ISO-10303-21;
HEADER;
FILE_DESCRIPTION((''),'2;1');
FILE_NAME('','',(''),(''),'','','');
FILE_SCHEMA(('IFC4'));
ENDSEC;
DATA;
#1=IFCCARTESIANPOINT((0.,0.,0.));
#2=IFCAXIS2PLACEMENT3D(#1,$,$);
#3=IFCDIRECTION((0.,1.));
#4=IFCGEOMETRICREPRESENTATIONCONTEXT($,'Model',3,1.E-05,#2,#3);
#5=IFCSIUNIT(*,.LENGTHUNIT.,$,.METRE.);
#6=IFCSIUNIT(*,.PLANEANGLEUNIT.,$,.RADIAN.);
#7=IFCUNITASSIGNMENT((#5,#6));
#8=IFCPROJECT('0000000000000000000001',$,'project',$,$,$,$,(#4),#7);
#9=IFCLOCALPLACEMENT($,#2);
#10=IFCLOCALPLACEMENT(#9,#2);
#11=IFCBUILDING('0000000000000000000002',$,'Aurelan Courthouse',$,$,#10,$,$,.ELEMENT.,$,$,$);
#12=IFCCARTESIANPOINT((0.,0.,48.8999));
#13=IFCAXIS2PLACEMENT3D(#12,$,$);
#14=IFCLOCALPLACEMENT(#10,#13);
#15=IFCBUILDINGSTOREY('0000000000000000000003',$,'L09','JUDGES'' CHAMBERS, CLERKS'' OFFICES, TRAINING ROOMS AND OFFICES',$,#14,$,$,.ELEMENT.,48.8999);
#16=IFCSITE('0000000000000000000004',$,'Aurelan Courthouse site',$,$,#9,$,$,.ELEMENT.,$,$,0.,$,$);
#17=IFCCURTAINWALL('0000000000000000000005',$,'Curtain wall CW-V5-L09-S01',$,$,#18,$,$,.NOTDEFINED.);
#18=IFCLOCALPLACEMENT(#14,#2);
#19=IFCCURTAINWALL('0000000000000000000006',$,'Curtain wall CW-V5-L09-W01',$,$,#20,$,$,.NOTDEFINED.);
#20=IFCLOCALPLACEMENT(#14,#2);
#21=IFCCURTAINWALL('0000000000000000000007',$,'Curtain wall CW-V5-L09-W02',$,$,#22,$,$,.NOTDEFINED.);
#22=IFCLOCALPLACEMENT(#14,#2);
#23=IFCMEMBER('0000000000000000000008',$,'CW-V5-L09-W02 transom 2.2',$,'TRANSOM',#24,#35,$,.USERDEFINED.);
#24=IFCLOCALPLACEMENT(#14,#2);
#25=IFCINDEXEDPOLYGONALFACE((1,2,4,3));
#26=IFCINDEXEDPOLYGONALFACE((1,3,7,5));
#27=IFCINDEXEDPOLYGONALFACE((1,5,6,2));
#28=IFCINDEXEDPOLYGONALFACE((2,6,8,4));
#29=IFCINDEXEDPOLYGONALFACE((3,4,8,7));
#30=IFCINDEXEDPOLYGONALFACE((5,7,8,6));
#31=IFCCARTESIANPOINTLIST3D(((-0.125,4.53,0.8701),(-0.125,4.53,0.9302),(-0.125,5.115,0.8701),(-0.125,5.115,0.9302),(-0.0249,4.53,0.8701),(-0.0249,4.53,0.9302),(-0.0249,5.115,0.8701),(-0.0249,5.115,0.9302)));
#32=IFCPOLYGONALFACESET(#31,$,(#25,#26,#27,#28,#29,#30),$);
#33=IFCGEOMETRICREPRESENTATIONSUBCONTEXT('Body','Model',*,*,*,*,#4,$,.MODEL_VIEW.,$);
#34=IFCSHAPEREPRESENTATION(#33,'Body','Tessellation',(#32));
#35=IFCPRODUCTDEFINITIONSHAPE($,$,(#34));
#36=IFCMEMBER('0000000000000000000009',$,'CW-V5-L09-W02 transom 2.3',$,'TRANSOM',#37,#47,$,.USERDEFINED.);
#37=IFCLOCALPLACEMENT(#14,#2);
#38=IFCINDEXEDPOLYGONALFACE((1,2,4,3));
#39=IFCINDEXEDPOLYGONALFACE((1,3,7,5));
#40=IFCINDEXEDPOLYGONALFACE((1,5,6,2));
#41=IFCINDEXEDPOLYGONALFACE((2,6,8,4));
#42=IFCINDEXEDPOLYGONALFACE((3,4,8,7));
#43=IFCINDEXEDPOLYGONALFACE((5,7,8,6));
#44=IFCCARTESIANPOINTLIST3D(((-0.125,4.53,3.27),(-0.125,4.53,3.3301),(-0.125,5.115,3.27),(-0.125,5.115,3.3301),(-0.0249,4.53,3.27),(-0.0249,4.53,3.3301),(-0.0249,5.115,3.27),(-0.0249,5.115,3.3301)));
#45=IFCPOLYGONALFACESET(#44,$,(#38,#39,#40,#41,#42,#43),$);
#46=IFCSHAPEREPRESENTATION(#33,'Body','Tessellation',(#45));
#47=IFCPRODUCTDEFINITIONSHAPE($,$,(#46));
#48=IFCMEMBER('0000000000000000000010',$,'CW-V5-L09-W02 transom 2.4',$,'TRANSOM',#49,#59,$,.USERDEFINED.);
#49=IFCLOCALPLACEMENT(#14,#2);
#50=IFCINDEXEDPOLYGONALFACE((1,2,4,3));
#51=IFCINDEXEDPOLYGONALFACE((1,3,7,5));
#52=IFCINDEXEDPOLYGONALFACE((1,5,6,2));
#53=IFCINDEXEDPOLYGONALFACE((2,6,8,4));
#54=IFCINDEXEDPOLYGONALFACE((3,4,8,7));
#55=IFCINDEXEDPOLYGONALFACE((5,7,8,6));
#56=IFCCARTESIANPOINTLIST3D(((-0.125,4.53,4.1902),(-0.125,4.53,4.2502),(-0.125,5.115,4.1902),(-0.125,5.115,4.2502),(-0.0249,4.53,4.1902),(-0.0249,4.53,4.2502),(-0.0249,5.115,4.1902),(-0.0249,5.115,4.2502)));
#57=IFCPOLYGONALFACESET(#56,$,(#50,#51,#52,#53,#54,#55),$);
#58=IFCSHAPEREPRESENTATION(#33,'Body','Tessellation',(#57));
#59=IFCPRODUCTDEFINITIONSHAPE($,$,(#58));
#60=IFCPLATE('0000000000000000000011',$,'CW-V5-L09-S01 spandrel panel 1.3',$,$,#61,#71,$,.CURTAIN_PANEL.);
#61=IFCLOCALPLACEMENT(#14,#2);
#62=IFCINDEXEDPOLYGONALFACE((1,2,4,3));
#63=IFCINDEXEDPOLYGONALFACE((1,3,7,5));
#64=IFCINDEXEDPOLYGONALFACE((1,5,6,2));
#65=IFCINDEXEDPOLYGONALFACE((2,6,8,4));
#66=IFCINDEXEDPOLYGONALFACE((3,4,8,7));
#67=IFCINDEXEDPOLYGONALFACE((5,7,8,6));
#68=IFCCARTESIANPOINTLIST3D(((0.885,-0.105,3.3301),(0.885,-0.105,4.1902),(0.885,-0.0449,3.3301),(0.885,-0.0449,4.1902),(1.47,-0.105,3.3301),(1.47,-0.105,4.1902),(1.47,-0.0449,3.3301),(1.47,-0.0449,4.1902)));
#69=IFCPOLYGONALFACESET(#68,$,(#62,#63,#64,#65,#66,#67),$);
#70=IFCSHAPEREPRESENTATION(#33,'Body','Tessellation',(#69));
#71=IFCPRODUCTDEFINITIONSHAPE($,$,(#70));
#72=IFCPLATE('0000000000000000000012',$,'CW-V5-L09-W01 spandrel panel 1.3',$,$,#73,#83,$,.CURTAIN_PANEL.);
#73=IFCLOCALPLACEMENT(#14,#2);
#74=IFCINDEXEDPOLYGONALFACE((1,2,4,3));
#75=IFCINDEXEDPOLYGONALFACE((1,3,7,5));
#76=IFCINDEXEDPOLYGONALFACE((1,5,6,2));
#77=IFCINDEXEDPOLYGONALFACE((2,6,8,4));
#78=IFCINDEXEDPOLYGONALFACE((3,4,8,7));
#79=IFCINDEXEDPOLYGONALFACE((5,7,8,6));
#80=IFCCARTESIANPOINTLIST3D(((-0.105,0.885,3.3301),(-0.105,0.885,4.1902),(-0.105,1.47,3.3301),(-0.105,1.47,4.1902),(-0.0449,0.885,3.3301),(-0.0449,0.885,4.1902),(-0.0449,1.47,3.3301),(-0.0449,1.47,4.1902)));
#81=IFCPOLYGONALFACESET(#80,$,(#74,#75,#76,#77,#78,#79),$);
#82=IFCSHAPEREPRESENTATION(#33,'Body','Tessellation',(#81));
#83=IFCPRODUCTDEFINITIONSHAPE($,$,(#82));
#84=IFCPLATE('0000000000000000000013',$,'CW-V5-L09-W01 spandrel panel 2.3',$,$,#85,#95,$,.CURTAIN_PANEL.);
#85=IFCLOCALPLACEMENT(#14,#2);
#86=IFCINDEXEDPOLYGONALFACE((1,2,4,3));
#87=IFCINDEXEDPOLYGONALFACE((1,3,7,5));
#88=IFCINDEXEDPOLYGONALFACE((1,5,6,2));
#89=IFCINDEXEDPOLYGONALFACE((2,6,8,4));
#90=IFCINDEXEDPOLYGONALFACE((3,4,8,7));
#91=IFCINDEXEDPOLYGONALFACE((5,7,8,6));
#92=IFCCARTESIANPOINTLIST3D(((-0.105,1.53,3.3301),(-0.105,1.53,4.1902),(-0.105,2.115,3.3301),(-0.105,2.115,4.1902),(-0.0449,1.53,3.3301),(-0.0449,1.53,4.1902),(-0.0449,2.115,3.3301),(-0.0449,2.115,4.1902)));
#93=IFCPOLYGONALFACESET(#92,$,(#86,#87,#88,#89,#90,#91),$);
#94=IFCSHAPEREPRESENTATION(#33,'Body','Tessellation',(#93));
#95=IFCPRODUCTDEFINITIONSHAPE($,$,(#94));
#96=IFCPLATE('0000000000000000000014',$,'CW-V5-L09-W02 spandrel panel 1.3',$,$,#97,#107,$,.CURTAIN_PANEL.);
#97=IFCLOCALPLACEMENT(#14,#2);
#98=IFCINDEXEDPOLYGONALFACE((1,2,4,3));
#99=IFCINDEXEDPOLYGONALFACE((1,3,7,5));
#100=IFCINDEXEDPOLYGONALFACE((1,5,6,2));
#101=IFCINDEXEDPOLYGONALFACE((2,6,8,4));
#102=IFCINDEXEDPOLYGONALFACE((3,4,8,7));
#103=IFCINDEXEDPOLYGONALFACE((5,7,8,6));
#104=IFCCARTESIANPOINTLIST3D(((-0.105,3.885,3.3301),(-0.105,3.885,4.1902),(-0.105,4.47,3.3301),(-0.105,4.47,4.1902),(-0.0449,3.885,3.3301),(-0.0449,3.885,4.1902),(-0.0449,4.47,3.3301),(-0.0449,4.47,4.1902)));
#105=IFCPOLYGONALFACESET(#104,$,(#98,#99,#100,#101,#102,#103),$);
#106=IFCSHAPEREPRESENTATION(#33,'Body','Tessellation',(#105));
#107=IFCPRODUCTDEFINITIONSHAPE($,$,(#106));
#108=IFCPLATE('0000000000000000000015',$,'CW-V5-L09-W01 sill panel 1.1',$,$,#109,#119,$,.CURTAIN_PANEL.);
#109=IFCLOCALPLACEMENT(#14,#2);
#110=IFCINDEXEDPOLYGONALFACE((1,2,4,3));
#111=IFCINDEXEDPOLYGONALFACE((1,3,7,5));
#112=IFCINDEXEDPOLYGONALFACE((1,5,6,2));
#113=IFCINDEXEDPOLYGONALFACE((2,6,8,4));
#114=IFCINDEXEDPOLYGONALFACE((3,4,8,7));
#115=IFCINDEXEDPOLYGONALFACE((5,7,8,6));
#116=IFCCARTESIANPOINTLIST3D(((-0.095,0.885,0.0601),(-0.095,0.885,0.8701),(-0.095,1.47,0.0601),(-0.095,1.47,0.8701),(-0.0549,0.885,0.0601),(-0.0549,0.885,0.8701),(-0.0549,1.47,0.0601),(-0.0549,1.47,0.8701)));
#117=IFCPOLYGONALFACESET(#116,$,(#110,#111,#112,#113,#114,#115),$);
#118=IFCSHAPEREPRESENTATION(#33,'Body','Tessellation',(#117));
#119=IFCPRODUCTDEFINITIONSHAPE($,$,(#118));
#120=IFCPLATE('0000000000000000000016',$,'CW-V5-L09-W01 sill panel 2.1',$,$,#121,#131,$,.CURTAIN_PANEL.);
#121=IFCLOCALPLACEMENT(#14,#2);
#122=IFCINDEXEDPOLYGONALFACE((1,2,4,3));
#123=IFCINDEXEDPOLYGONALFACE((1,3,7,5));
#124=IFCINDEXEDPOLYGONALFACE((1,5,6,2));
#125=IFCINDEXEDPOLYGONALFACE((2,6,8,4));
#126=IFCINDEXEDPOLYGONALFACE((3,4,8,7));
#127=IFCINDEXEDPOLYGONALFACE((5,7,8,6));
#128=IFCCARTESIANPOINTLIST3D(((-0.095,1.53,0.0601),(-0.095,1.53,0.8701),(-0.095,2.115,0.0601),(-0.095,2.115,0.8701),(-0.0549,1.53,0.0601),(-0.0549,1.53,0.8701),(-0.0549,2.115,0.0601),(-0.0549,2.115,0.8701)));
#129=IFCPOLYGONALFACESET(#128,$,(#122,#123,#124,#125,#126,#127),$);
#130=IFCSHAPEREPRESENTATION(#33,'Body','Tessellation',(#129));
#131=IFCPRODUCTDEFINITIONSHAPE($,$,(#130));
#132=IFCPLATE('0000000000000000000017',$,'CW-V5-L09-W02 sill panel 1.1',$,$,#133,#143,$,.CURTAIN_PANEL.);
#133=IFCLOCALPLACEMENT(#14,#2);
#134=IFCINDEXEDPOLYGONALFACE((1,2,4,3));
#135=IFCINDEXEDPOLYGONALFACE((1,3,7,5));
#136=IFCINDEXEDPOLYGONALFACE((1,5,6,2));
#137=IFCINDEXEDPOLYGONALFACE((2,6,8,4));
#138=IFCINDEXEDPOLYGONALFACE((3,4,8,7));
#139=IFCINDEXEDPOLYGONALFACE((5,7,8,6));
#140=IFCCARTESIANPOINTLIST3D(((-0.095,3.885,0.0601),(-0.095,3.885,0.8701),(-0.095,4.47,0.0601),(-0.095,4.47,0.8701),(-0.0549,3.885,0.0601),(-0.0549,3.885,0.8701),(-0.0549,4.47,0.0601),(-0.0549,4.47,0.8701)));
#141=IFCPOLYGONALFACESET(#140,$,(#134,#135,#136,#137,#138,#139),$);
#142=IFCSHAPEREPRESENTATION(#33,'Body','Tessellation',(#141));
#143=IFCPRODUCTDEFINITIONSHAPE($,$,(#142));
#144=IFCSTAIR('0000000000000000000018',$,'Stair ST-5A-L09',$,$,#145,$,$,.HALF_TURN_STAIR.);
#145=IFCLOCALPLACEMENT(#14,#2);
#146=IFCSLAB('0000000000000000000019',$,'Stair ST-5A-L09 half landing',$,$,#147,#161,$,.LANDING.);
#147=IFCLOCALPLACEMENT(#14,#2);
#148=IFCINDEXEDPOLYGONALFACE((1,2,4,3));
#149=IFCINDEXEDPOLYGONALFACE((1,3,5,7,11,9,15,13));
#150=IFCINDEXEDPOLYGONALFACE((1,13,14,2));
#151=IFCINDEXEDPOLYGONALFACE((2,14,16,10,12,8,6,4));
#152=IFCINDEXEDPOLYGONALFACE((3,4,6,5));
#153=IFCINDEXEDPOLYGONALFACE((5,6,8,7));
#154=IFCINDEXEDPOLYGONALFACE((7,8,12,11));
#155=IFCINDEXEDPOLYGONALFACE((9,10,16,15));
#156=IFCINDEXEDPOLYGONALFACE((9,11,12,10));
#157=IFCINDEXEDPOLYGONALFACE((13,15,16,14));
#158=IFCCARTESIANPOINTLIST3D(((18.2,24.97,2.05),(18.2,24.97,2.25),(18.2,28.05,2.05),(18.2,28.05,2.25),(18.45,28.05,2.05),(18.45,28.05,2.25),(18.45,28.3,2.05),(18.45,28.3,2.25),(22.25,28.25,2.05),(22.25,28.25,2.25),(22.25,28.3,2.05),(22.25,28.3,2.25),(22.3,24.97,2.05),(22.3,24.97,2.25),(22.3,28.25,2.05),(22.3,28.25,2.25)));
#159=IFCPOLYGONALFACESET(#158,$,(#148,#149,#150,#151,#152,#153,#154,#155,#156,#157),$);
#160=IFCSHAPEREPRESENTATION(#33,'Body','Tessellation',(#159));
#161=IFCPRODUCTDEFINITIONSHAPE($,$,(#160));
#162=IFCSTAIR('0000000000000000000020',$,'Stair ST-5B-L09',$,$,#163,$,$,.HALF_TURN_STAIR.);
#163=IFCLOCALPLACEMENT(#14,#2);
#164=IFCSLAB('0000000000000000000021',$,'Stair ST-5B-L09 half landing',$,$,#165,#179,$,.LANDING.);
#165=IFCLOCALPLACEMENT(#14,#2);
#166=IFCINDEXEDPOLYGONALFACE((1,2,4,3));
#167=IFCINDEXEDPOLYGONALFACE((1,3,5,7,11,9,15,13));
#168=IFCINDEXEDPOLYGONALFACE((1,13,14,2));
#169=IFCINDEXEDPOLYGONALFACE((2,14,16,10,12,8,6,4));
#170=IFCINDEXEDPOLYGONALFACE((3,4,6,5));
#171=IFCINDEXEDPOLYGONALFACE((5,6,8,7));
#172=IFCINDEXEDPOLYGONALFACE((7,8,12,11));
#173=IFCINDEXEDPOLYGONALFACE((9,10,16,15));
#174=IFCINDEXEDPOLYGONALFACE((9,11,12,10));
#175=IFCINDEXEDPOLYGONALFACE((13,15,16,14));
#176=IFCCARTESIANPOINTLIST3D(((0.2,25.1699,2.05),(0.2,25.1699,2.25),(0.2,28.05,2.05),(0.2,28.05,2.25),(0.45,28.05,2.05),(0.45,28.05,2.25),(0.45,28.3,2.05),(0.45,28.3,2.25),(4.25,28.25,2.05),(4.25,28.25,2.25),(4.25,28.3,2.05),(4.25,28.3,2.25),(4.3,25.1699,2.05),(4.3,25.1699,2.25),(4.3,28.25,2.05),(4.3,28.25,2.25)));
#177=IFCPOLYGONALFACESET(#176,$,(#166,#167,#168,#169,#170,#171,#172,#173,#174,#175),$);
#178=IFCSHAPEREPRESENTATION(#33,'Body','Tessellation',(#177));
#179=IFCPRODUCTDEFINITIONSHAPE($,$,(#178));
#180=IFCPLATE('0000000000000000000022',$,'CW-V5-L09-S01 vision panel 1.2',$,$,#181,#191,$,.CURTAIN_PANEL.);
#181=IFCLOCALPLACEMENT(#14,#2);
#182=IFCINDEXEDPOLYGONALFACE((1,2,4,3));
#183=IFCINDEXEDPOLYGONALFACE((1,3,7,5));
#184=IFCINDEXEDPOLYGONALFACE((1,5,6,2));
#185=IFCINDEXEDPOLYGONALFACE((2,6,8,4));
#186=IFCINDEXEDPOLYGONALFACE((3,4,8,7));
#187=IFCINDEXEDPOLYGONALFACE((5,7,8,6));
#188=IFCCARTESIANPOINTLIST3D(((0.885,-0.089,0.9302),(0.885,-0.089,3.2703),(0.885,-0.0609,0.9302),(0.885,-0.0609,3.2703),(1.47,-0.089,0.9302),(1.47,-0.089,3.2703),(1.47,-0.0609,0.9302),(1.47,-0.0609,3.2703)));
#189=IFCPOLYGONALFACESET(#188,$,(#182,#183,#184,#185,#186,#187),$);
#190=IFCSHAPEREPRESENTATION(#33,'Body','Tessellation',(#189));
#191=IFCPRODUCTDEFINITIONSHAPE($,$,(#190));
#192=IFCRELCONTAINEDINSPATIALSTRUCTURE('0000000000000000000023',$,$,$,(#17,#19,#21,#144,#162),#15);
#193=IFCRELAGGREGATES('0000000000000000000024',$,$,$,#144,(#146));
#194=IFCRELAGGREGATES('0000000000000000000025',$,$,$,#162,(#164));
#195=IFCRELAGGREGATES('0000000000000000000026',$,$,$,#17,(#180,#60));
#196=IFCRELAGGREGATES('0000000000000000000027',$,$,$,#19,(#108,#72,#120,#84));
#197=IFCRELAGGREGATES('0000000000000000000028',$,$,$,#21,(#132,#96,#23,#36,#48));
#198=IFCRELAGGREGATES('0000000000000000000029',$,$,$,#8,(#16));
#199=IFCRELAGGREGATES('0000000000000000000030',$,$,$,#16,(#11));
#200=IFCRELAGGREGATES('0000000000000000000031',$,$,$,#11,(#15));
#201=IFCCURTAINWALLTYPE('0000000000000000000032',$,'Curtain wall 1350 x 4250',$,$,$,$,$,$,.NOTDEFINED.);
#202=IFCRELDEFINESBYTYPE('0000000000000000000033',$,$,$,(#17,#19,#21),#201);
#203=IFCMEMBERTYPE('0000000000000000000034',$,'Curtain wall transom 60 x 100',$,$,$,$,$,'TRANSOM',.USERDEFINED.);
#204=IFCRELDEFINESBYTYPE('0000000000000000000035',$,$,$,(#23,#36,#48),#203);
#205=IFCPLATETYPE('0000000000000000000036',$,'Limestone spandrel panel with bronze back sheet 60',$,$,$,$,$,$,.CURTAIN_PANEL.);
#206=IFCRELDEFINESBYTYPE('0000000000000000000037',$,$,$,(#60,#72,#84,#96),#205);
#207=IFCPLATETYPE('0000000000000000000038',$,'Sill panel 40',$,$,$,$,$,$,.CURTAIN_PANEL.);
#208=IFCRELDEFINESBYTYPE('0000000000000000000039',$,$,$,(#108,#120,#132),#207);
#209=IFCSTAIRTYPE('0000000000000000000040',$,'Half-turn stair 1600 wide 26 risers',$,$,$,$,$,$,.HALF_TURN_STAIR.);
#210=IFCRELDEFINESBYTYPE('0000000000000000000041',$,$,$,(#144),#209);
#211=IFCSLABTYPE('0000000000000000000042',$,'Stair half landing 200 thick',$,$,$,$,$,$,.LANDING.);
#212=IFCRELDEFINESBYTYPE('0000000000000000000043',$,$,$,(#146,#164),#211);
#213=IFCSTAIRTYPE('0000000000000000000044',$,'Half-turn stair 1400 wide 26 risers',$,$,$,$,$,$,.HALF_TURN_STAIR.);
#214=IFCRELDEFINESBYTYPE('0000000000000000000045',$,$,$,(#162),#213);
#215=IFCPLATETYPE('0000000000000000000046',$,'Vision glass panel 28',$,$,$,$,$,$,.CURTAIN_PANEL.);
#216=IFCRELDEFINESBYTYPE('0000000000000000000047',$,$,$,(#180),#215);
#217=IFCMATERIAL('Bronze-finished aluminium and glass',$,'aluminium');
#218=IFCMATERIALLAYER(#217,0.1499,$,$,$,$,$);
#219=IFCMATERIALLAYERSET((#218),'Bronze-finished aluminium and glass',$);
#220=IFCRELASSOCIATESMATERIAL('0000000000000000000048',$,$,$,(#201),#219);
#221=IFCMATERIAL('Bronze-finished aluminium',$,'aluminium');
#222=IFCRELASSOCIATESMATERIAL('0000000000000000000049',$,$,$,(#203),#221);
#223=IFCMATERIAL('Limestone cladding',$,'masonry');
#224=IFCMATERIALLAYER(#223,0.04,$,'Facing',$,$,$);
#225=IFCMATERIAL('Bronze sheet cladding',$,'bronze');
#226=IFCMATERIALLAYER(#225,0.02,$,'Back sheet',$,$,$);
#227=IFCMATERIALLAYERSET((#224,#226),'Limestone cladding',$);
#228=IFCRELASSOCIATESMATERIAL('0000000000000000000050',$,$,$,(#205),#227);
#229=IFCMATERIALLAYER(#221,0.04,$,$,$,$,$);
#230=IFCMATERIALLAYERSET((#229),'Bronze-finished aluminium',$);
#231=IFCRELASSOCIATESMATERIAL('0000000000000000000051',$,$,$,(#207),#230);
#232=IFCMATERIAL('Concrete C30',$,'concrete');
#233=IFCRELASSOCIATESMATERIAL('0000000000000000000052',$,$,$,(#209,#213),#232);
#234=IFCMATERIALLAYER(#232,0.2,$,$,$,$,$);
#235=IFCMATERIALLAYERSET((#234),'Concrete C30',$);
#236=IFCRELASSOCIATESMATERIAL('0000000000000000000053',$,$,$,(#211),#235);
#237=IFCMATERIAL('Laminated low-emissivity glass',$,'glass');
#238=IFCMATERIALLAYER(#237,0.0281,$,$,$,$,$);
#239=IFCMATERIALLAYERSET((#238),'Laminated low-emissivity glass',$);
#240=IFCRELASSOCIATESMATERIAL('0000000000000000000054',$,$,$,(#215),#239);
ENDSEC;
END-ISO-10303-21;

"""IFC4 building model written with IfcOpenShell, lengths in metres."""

from ifc_helpers import new_model, si_unit, direction, frame, origin, origin_2d, place, context, subcontext, project, spatial, polyline, rectangle, outline, extrude, material, layer, layer_set, material_profile, profile_set, type_object, element, aggregate, save


model = new_model("IFC4")

# Units and contexts
model_context = context("Model", 3, precision=1e-05, world=origin(), true_north=direction((0.0, 1.0)))
body_context = subcontext(model_context, "Body", "Model", "MODEL_VIEW")
ifc_project = project(units=[si_unit("LENGTHUNIT", "METRE"), si_unit("PLANEANGLEUNIT", "RADIAN")], contexts=[model_context])

# Site, building, storey
site_placement = place(None, origin())
site = spatial("IfcSite", under=ifc_project, at=site_placement, Name="Aurelan Courthouse site", CompositionType="ELEMENT", RefElevation=0.0)
building_placement = place(site_placement, origin())
building = spatial("IfcBuilding", under=site, at=building_placement, Name="Aurelan Courthouse", CompositionType="ELEMENT")
storey_placement = place(building_placement, frame((0.0, 0.0, 48.8999)))
storey = spatial("IfcBuildingStorey", under=building, at=storey_placement, Name="L09", Description="JUDGES' CHAMBERS, CLERKS' OFFICES, TRAINING ROOMS AND OFFICES", CompositionType="ELEMENT", Elevation=48.8999)

# Curtain walls, members
ifc_material_1 = material(Name="Bronze-finished aluminium and glass", Category="aluminium")
ifc_layer_1 = layer(ifc_material_1, 0.1499)
ifc_layer_set_1 = layer_set([ifc_layer_1], Name="Bronze-finished aluminium and glass")
curtain_wall_type = type_object("IfcCurtainWallType", Name="Curtain wall 1350 x 4250", PredefinedType="NOTDEFINED", material=ifc_layer_set_1)
curtain_wall_1_placement = place(storey_placement, origin())
curtain_wall_1 = element("IfcCurtainWall", 1, at=curtain_wall_1_placement, inside=storey, type_object=curtain_wall_type, Name="Curtain wall CW-V5-L09-S01", PredefinedType="NOTDEFINED")
ifc_material_2 = material(Name="Bronze-finished aluminium", Category="aluminium")
ifc_material_profile = material_profile(ifc_material_2, rectangle(XDim=0.1001, YDim=0.0601, at=origin_2d()), Name="Bronze transom 60 x 100")
ifc_profile_set = profile_set([ifc_material_profile], Name="Bronze-finished aluminium")
member_type = type_object("IfcMemberType", Name="Curtain wall transom 60 x 100", ElementType="TRANSOM", PredefinedType="USERDEFINED", material=ifc_profile_set)
curtain_wall_2_placement = place(storey_placement, origin())
curtain_wall_2 = element("IfcCurtainWall", 2, at=curtain_wall_2_placement, inside=storey, type_object=curtain_wall_type, Name="Curtain wall CW-V5-L09-W01", PredefinedType="NOTDEFINED")
curtain_wall_3_placement = place(storey_placement, origin())
curtain_wall_3 = element("IfcCurtainWall", 3, at=curtain_wall_3_placement, inside=storey, type_object=curtain_wall_type, Name="Curtain wall CW-V5-L09-W02", PredefinedType="NOTDEFINED")
member_1_placement = place(storey_placement, frame((-0.075, 4.53, 0.9001), z_axis=(0.0, 1.0, 0.0), x_axis=(-1.0, 0.0, 0.0)))
member_1 = element("IfcMember", 4, at=member_1_placement, type_object=member_type, Name="CW-V5-L09-W02 transom 2.2", ObjectType="TRANSOM", PredefinedType="USERDEFINED", context=body_context, shape_type="SweptSolid", body=[
    extrude(rectangle(XDim=0.1001, YDim=0.0601, at=origin_2d()), origin(), (0.0, 0.0, 1.0), 0.585),
])
member_2_placement = place(storey_placement, frame((-0.075, 4.53, 3.3), z_axis=(0.0, 1.0, 0.0), x_axis=(-1.0, 0.0, 0.0)))
member_2 = element("IfcMember", 5, at=member_2_placement, type_object=member_type, Name="CW-V5-L09-W02 transom 2.3", ObjectType="TRANSOM", PredefinedType="USERDEFINED", context=body_context, shape_type="SweptSolid", body=[
    extrude(rectangle(XDim=0.1001, YDim=0.0601, at=origin_2d()), origin(), (0.0, 0.0, 1.0), 0.585),
])
member_3_placement = place(storey_placement, frame((-0.075, 4.53, 4.2202), z_axis=(0.0, 1.0, 0.0), x_axis=(-1.0, 0.0, 0.0)))
member_3 = element("IfcMember", 6, at=member_3_placement, type_object=member_type, Name="CW-V5-L09-W02 transom 2.4", ObjectType="TRANSOM", PredefinedType="USERDEFINED", context=body_context, shape_type="SweptSolid", body=[
    extrude(rectangle(XDim=0.1001, YDim=0.0601, at=origin_2d()), origin(), (0.0, 0.0, 1.0), 0.585),
])

# Plates
ifc_material_3 = material(Name="Limestone cladding", Category="masonry")
ifc_layer_2 = layer(ifc_material_3, 0.04, Name="Facing")
ifc_material_4 = material(Name="Bronze sheet cladding", Category="bronze")
ifc_layer_3 = layer(ifc_material_4, 0.02, Name="Back sheet")
ifc_layer_set_2 = layer_set([ifc_layer_2, ifc_layer_3], Name="Limestone cladding")
plate_type_1 = type_object("IfcPlateType", Name="Limestone spandrel panel with bronze back sheet 60", PredefinedType="CURTAIN_PANEL", material=ifc_layer_set_2)
plate_1_placement = place(storey_placement, frame((1.1775, -0.075, 3.3301), z_axis=(0.0, 0.0, 1.0), x_axis=(1.0, 0.0, 0.0)))
plate_1 = element("IfcPlate", 7, at=plate_1_placement, type_object=plate_type_1, Name="CW-V5-L09-S01 spandrel panel 1.3", PredefinedType="CURTAIN_PANEL", context=body_context, shape_type="SweptSolid", body=[
    extrude(rectangle(XDim=0.585, YDim=0.0601, at=origin_2d()), origin(), (0.0, 0.0, 1.0), 0.8601),
])
plate_2_placement = place(storey_placement, frame((-0.075, 1.1775, 3.3301), z_axis=(0.0, 0.0, 1.0), x_axis=(0.0, 1.0, 0.0)))
plate_2 = element("IfcPlate", 8, at=plate_2_placement, type_object=plate_type_1, Name="CW-V5-L09-W01 spandrel panel 1.3", PredefinedType="CURTAIN_PANEL", context=body_context, shape_type="SweptSolid", body=[
    extrude(rectangle(XDim=0.585, YDim=0.0601, at=origin_2d()), origin(), (0.0, 0.0, 1.0), 0.8601),
])
plate_3_placement = place(storey_placement, frame((-0.075, 1.8225, 3.3301), z_axis=(0.0, 0.0, 1.0), x_axis=(0.0, 1.0, 0.0)))
plate_3 = element("IfcPlate", 9, at=plate_3_placement, type_object=plate_type_1, Name="CW-V5-L09-W01 spandrel panel 2.3", PredefinedType="CURTAIN_PANEL", context=body_context, shape_type="SweptSolid", body=[
    extrude(rectangle(XDim=0.585, YDim=0.0601, at=origin_2d()), origin(), (0.0, 0.0, 1.0), 0.8601),
])
plate_4_placement = place(storey_placement, frame((-0.075, 4.1775, 3.3301), z_axis=(0.0, 0.0, 1.0), x_axis=(0.0, 1.0, 0.0)))
plate_4 = element("IfcPlate", 10, at=plate_4_placement, type_object=plate_type_1, Name="CW-V5-L09-W02 spandrel panel 1.3", PredefinedType="CURTAIN_PANEL", context=body_context, shape_type="SweptSolid", body=[
    extrude(rectangle(XDim=0.585, YDim=0.0601, at=origin_2d()), origin(), (0.0, 0.0, 1.0), 0.8601),
])
ifc_layer_4 = layer(ifc_material_2, 0.04)
ifc_layer_set_3 = layer_set([ifc_layer_4], Name="Bronze-finished aluminium")
plate_type_2 = type_object("IfcPlateType", Name="Sill panel 40", PredefinedType="CURTAIN_PANEL", material=ifc_layer_set_3)
plate_5_placement = place(storey_placement, frame((-0.075, 1.1775, 0.0601), z_axis=(0.0, 0.0, 1.0), x_axis=(0.0, 1.0, 0.0)))
plate_5 = element("IfcPlate", 11, at=plate_5_placement, type_object=plate_type_2, Name="CW-V5-L09-W01 sill panel 1.1", PredefinedType="CURTAIN_PANEL", context=body_context, shape_type="SweptSolid", body=[
    extrude(rectangle(XDim=0.585, YDim=0.04, at=origin_2d()), origin(), (0.0, 0.0, 1.0), 0.8101),
])
plate_6_placement = place(storey_placement, frame((-0.075, 1.8225, 0.0601), z_axis=(0.0, 0.0, 1.0), x_axis=(0.0, 1.0, 0.0)))
plate_6 = element("IfcPlate", 12, at=plate_6_placement, type_object=plate_type_2, Name="CW-V5-L09-W01 sill panel 2.1", PredefinedType="CURTAIN_PANEL", context=body_context, shape_type="SweptSolid", body=[
    extrude(rectangle(XDim=0.585, YDim=0.04, at=origin_2d()), origin(), (0.0, 0.0, 1.0), 0.8101),
])
plate_7_placement = place(storey_placement, frame((-0.075, 4.1775, 0.0601), z_axis=(0.0, 0.0, 1.0), x_axis=(0.0, 1.0, 0.0)))
plate_7 = element("IfcPlate", 13, at=plate_7_placement, type_object=plate_type_2, Name="CW-V5-L09-W02 sill panel 1.1", PredefinedType="CURTAIN_PANEL", context=body_context, shape_type="SweptSolid", body=[
    extrude(rectangle(XDim=0.585, YDim=0.04, at=origin_2d()), origin(), (0.0, 0.0, 1.0), 0.8101),
])

# Stairs, slabs
ifc_material_5 = material(Name="Concrete C30", Category="concrete")
stair_type_1 = type_object("IfcStairType", Name="Half-turn stair 1600 wide 26 risers", PredefinedType="HALF_TURN_STAIR", material=ifc_material_5)
stair_1_placement = place(storey_placement, origin())
stair_1 = element("IfcStair", 14, at=stair_1_placement, inside=storey, type_object=stair_type_1, Name="Stair ST-5A-L09", PredefinedType="HALF_TURN_STAIR")
ifc_layer_5 = layer(ifc_material_5, 0.2)
ifc_layer_set_4 = layer_set([ifc_layer_5], Name="Concrete C30")
slab_type = type_object("IfcSlabType", Name="Stair half landing 200 thick", PredefinedType="LANDING", material=ifc_layer_set_4)
slab_1_placement = place(storey_placement, frame((0.0, 0.0, 2.05)))
slab_1 = element("IfcSlab", 15, at=slab_1_placement, type_object=slab_type, Name="Stair ST-5A-L09 half landing", PredefinedType="LANDING", context=body_context, shape_type="SweptSolid", body=[
    extrude(outline(polyline([(22.3, 24.97), (18.2, 24.97), (18.2, 28.05), (18.45, 28.05), (18.45, 28.3), (22.25, 28.3), (22.25, 28.25), (22.3, 28.25), (22.3, 24.97)])), origin(), (0.0, 0.0, 1.0), 0.2),
])
aggregate(stair_1, [slab_1])
stair_type_2 = type_object("IfcStairType", Name="Half-turn stair 1400 wide 26 risers", PredefinedType="HALF_TURN_STAIR", material=ifc_material_5)
stair_2_placement = place(storey_placement, origin())
stair_2 = element("IfcStair", 16, at=stair_2_placement, inside=storey, type_object=stair_type_2, Name="Stair ST-5B-L09", PredefinedType="HALF_TURN_STAIR")
slab_2_placement = place(storey_placement, frame((0.0, 0.0, 2.05)))
slab_2 = element("IfcSlab", 17, at=slab_2_placement, type_object=slab_type, Name="Stair ST-5B-L09 half landing", PredefinedType="LANDING", context=body_context, shape_type="SweptSolid", body=[
    extrude(outline(polyline([(4.3, 25.1699), (0.2, 25.1699), (0.2, 28.05), (0.45, 28.05), (0.45, 28.3), (4.25, 28.3), (4.25, 28.25), (4.3, 28.25), (4.3, 25.1699)])), origin(), (0.0, 0.0, 1.0), 0.2),
])
aggregate(stair_2, [slab_2])

# Plate
ifc_material_6 = material(Name="Laminated low-emissivity glass", Category="glass")
ifc_layer_6 = layer(ifc_material_6, 0.0281)
ifc_layer_set_5 = layer_set([ifc_layer_6], Name="Laminated low-emissivity glass")
plate_type_3 = type_object("IfcPlateType", Name="Vision glass panel 28", PredefinedType="CURTAIN_PANEL", material=ifc_layer_set_5)
plate_8_placement = place(storey_placement, frame((1.1775, -0.075, 0.9302), z_axis=(0.0, 0.0, 1.0), x_axis=(1.0, 0.0, 0.0)))
plate_8 = element("IfcPlate", 18, at=plate_8_placement, type_object=plate_type_3, Name="CW-V5-L09-S01 vision panel 1.2", PredefinedType="CURTAIN_PANEL", context=body_context, shape_type="SweptSolid", body=[
    extrude(rectangle(XDim=0.585, YDim=0.0281, at=origin_2d()), origin(), (0.0, 0.0, 1.0), 2.3401),
])
aggregate(curtain_wall_1, [plate_8, plate_1])
aggregate(curtain_wall_2, [plate_5, plate_2, plate_6, plate_3])
aggregate(curtain_wall_3, [plate_7, plate_4, member_1, member_2, member_3])

save(model, "model.ifc")
